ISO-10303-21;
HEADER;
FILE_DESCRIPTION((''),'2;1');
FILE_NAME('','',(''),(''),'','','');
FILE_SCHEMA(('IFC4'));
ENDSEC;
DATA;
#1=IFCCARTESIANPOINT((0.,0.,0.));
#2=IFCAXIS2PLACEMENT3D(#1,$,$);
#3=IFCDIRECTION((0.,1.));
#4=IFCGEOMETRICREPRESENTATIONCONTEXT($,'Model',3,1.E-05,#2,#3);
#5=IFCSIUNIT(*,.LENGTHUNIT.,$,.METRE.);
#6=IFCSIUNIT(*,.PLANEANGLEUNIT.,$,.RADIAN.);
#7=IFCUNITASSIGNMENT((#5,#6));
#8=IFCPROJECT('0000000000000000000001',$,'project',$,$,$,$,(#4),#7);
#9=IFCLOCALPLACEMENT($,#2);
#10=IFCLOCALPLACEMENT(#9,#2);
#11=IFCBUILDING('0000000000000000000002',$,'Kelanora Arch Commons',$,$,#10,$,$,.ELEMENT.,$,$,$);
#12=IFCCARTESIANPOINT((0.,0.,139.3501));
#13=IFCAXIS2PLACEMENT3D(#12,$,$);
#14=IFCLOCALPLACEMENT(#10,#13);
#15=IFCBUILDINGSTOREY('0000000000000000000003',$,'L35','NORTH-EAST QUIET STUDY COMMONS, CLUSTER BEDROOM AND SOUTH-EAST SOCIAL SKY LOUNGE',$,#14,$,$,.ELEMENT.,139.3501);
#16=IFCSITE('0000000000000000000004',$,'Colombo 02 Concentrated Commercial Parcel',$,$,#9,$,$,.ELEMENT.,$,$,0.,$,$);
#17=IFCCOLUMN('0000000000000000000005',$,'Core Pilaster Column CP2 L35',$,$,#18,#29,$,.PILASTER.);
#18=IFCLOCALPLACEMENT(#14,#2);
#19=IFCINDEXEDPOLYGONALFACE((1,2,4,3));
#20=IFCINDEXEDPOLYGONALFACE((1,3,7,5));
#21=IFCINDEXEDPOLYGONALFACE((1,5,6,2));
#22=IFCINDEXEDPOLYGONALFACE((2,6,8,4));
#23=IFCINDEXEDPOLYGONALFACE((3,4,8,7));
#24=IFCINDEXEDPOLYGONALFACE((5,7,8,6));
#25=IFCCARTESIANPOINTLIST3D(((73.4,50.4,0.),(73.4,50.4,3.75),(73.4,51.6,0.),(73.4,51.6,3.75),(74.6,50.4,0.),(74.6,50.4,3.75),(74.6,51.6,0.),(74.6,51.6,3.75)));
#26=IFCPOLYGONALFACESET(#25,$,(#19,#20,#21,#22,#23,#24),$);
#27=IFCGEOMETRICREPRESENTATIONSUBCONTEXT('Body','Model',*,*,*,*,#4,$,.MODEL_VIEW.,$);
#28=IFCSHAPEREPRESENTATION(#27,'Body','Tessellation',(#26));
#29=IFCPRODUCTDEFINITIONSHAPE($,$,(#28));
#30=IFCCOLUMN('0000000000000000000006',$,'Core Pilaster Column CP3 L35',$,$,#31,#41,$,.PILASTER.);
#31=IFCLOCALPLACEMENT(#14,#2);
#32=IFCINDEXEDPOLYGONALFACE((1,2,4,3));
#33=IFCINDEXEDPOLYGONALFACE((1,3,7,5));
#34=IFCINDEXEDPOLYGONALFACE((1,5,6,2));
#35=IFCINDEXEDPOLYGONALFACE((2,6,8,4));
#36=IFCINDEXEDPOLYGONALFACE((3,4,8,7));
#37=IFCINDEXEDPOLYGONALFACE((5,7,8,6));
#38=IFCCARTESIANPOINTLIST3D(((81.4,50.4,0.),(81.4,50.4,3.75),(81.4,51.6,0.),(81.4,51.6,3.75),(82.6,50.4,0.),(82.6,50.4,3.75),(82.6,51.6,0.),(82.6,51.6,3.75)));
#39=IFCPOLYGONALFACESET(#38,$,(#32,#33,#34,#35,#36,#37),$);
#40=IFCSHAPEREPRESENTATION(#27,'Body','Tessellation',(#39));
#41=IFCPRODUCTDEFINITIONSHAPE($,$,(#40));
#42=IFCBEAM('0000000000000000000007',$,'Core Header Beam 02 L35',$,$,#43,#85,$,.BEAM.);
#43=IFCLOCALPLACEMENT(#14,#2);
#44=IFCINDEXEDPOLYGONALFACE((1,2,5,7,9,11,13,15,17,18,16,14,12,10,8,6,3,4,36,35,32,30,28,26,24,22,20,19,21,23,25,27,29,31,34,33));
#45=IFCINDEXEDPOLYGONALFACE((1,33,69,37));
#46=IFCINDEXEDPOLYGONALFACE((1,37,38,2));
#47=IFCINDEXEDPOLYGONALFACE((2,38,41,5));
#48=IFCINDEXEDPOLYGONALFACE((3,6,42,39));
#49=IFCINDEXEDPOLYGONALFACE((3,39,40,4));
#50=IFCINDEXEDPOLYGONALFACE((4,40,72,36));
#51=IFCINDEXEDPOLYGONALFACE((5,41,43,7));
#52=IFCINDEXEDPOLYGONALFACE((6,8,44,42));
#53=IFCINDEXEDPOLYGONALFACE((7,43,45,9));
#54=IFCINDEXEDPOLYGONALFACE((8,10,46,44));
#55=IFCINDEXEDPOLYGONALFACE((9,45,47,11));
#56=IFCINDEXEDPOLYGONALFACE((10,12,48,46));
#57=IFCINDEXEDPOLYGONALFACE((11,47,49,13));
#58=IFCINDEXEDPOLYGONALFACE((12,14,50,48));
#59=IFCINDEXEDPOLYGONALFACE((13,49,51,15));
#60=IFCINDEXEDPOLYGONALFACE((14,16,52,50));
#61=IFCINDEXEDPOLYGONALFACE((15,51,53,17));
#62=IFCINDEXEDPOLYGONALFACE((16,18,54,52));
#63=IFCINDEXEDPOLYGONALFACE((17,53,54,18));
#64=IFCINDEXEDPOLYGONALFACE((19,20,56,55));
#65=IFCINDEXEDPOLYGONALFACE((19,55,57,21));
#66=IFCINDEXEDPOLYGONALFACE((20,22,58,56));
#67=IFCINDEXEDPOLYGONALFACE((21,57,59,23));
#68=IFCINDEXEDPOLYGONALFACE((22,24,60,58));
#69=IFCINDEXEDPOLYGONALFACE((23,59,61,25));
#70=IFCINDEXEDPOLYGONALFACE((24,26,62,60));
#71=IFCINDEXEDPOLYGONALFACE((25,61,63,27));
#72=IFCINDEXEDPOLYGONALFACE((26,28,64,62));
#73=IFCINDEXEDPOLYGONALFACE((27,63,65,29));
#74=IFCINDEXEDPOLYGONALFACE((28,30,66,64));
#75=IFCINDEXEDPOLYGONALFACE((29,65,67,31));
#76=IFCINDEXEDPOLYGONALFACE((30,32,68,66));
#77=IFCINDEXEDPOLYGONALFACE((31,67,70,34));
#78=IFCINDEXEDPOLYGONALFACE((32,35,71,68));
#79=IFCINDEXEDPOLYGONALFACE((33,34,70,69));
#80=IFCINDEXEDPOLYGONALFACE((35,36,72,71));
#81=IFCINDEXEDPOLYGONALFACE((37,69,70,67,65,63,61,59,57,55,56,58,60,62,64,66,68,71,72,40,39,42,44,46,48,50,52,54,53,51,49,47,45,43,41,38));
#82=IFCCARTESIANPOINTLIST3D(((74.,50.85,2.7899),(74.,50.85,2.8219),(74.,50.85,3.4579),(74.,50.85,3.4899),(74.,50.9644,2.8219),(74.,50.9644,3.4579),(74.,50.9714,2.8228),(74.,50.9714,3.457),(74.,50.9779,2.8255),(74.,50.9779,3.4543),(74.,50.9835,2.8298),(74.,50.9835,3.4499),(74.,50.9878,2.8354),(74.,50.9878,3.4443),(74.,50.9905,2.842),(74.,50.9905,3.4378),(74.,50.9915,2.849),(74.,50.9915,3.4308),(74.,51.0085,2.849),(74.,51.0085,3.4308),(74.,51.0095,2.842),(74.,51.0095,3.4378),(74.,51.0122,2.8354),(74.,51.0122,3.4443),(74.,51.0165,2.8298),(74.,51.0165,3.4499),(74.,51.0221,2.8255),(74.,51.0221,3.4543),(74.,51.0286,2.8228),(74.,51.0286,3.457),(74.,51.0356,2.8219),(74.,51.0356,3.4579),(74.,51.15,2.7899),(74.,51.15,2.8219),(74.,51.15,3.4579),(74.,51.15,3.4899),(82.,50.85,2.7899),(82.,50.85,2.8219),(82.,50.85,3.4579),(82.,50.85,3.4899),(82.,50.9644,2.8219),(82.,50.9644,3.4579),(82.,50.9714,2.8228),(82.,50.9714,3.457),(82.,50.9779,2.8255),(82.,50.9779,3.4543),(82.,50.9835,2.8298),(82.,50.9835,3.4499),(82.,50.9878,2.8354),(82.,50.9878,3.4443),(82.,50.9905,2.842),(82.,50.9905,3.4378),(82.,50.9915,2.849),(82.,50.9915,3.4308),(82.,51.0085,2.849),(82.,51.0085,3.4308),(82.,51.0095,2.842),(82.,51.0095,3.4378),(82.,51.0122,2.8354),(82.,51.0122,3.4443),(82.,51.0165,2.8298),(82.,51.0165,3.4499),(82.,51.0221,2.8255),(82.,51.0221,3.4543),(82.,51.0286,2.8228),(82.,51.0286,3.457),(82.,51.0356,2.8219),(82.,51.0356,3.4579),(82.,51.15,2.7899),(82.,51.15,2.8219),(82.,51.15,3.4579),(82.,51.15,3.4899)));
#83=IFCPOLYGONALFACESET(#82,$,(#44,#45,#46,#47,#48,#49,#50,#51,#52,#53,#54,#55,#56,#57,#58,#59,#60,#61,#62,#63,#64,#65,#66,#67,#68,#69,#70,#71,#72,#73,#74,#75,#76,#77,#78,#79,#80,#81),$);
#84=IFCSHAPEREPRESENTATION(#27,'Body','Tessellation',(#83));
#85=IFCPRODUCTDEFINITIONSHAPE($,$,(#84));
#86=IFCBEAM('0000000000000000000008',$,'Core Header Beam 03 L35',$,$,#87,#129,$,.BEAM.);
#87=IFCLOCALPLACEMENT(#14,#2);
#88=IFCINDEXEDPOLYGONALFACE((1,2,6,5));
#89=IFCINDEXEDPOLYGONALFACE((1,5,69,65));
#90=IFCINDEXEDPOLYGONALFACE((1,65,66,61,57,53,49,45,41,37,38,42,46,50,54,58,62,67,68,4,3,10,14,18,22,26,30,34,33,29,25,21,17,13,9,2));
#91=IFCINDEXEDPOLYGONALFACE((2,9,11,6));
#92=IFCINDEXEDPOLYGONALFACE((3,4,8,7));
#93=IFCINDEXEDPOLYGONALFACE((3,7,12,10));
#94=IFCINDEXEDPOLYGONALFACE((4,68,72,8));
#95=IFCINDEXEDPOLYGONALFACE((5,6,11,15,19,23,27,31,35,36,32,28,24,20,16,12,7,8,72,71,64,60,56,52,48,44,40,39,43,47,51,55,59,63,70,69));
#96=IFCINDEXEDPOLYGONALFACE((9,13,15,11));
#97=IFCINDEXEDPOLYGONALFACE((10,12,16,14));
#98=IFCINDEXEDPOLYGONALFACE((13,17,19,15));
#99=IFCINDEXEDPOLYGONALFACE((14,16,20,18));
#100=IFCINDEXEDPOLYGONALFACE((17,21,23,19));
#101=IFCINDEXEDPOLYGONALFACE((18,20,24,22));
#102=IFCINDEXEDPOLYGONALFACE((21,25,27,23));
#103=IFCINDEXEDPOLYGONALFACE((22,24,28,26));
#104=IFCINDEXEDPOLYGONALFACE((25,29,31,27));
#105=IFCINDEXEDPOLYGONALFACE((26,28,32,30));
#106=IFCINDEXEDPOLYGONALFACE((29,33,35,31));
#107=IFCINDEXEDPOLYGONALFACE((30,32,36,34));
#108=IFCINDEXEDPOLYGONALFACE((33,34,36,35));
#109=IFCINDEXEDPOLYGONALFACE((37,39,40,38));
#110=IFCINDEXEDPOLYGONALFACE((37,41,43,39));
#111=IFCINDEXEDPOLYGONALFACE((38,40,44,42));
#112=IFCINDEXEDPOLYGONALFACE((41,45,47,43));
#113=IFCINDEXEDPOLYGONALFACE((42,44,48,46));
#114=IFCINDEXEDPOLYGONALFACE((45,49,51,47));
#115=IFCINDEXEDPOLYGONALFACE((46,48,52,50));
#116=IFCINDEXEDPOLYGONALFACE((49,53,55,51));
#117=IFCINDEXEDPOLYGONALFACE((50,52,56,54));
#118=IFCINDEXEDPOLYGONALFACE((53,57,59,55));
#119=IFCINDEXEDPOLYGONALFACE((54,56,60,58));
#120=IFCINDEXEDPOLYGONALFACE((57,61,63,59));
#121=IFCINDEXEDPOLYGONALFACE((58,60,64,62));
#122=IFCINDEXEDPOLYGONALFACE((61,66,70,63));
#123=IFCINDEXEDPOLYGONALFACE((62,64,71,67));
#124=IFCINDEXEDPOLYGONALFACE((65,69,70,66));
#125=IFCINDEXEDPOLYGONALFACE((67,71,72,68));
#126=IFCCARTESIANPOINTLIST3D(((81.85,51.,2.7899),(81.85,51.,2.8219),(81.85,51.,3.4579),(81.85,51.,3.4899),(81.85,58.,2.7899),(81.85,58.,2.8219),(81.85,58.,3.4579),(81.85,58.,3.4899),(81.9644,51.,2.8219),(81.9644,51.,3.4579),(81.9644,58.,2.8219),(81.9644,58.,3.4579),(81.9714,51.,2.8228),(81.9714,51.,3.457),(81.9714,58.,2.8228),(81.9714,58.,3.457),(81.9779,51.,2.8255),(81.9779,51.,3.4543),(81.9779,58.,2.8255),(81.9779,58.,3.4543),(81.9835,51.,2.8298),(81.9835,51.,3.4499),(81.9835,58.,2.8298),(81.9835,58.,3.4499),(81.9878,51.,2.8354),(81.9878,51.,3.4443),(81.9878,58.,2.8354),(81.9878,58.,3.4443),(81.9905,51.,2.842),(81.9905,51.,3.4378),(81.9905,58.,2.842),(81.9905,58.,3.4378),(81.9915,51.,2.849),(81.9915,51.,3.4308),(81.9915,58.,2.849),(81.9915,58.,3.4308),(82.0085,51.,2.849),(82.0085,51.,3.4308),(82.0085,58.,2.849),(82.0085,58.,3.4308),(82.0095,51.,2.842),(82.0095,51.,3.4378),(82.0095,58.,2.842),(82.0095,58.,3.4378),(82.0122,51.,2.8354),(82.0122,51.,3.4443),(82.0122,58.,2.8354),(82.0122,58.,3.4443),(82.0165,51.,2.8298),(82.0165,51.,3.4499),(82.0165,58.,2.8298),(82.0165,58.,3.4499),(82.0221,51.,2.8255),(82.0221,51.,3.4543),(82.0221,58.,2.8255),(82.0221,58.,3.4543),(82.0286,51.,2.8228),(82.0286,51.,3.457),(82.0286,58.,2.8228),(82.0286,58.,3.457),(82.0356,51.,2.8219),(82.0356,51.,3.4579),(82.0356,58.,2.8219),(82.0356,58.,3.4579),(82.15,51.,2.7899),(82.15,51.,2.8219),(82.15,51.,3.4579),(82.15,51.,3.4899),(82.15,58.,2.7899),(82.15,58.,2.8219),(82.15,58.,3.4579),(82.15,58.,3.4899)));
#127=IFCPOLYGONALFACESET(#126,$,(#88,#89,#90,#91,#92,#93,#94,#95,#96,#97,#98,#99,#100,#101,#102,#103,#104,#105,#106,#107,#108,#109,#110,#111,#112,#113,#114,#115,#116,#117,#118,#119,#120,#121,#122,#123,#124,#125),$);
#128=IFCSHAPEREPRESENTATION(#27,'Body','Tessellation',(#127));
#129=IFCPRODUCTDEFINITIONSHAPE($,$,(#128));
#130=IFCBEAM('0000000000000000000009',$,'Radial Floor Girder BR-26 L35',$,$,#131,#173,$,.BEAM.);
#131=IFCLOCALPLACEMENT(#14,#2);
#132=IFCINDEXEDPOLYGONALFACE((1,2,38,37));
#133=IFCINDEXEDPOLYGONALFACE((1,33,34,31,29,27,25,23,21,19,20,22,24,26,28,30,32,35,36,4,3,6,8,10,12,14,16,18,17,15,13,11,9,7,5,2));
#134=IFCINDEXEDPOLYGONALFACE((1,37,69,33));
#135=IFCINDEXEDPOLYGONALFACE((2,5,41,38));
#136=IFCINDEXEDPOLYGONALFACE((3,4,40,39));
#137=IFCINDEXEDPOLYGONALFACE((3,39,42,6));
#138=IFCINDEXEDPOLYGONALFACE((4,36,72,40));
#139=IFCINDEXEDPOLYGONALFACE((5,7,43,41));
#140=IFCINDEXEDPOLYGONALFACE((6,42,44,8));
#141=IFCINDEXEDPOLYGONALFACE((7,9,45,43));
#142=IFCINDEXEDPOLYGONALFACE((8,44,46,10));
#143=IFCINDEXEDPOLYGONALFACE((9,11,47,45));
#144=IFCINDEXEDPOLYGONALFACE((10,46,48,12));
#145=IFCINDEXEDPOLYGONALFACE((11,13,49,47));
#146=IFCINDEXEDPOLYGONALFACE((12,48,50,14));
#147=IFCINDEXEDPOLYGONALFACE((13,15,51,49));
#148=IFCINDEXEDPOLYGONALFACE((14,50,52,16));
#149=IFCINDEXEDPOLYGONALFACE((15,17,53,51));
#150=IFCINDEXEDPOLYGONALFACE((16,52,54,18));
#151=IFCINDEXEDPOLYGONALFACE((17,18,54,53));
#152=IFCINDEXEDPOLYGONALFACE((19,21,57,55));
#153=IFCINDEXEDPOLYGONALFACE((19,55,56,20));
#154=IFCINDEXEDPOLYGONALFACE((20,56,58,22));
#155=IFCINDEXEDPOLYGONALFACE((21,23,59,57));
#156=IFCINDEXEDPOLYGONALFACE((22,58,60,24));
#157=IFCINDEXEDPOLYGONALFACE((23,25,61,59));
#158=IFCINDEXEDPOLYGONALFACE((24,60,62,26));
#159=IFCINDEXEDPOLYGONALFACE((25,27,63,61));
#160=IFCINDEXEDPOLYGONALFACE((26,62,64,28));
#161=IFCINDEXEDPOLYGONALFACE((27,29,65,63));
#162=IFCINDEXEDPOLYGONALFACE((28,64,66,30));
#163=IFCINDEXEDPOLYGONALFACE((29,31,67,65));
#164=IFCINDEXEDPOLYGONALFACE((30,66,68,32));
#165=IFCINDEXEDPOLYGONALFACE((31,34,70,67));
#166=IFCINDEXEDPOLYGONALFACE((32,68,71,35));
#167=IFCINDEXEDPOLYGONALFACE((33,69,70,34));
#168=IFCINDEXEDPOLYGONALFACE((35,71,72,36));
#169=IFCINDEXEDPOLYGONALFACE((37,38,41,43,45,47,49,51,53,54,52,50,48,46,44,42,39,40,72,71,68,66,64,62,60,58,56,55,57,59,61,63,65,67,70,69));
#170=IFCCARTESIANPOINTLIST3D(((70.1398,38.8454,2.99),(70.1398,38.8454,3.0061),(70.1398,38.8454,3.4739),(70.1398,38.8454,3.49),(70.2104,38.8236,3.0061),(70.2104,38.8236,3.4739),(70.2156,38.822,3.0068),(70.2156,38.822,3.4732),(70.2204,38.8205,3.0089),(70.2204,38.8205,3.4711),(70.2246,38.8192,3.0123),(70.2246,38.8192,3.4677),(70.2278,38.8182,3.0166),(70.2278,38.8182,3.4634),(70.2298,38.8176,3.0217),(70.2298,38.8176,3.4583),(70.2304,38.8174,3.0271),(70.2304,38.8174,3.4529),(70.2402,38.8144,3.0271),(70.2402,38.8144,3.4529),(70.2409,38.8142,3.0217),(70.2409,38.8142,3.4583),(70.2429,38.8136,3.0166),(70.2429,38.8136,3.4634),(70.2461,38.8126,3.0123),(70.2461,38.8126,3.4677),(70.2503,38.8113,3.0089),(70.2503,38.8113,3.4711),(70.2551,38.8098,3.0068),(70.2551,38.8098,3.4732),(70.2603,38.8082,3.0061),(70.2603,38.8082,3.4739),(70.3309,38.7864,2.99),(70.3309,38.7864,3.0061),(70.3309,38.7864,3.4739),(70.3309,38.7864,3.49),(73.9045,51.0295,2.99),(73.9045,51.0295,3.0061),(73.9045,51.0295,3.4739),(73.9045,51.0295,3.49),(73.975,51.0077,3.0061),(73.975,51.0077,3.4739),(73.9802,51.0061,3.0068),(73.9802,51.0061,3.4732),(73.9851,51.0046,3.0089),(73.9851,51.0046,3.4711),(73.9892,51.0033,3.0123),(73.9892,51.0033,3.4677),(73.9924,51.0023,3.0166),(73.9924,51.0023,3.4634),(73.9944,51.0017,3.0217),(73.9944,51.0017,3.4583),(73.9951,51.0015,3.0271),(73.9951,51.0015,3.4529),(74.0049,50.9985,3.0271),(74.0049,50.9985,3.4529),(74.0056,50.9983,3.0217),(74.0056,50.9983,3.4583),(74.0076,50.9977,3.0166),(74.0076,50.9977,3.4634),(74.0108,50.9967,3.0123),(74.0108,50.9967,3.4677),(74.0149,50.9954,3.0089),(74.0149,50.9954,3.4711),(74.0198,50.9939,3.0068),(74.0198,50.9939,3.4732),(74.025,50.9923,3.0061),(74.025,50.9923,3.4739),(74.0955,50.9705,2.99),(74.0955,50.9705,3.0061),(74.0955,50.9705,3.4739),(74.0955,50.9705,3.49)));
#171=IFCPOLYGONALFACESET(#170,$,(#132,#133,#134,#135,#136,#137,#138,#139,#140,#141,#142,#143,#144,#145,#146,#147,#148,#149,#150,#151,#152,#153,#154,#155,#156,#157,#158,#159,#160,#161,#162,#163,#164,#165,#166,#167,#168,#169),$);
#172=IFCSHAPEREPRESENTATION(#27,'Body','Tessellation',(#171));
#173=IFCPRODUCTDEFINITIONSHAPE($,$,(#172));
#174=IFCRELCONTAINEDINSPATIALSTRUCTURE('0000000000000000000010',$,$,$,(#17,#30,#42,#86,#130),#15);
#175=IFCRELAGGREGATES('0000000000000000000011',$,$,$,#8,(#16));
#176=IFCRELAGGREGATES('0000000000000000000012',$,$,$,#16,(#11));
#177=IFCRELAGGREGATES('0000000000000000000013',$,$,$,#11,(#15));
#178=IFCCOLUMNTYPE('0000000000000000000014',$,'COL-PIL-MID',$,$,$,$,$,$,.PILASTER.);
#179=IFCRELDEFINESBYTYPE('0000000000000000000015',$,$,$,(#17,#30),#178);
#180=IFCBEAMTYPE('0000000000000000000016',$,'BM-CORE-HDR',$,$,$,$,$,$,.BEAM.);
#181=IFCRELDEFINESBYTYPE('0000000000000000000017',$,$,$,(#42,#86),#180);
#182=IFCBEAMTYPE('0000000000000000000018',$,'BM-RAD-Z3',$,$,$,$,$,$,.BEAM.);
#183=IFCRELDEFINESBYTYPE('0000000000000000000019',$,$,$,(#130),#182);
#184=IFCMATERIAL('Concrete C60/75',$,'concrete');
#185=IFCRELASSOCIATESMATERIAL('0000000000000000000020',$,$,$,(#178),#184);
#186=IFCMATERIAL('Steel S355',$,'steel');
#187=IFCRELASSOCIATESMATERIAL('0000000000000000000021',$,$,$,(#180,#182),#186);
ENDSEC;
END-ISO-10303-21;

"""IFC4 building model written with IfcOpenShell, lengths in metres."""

from ifc_helpers import new_model, si_unit, direction, frame, origin, origin_2d, place, context, subcontext, project, spatial, rectangle, i_section, extrude, material, material_profile, profile_set, type_object, element, save


model = new_model("IFC4")

# Units and contexts
model_context = context("Model", 3, precision=1e-05, world=origin(), true_north=direction((0.0, 1.0)))
body_context = subcontext(model_context, "Body", "Model", "MODEL_VIEW")
ifc_project = project(units=[si_unit("LENGTHUNIT", "METRE"), si_unit("PLANEANGLEUNIT", "RADIAN")], contexts=[model_context])

# Site, building, storey
site_placement = place(None, origin())
site = spatial("IfcSite", under=ifc_project, at=site_placement, Name="Colombo 02 Concentrated Commercial Parcel", CompositionType="ELEMENT", RefElevation=0.0)
building_placement = place(site_placement, origin())
building = spatial("IfcBuilding", under=site, at=building_placement, Name="Kelanora Arch Commons", CompositionType="ELEMENT")
storey_placement = place(building_placement, frame((0.0, 0.0, 139.3501)))
storey = spatial("IfcBuildingStorey", under=building, at=storey_placement, Name="L35", Description="NORTH-EAST QUIET STUDY COMMONS, CLUSTER BEDROOM AND SOUTH-EAST SOCIAL SKY LOUNGE", CompositionType="ELEMENT", Elevation=139.3501)

# Columns
ifc_material_1 = material(Name="Concrete C60/75", Category="concrete")
ifc_material_profile_1 = material_profile(ifc_material_1, rectangle(XDim=1.2, YDim=1.2, at=origin_2d()), Name="RC1200x1200")
ifc_profile_set_1 = profile_set([ifc_material_profile_1], Name="Concrete C60/75")
column_type = type_object("IfcColumnType", Name="COL-PIL-MID", PredefinedType="PILASTER", material=ifc_profile_set_1)
for number, where, z_axis, x_axis, name in (
    (1, (74.0, 51.0, 0.0), (0.0, 0.0, 1.0), (1.0, 0.0, 0.0), "Core Pilaster Column CP2 L35"),
    (2, (82.0, 51.0, 0.0), (0.0, 0.0, 1.0), (1.0, 0.0, 0.0), "Core Pilaster Column CP3 L35"),
):
    element("IfcColumn", number, at=place(storey_placement, frame(where, z_axis=z_axis, x_axis=x_axis)), inside=storey, type_object=column_type, Name=name, PredefinedType="PILASTER", context=body_context, shape_type="SweptSolid", body=[
        extrude(rectangle(XDim=1.2, YDim=1.2, at=origin_2d()), origin(), (0.0, 0.0, 1.0), 3.75),
    ])

# Beams
ifc_material_2 = material(Name="Steel S355", Category="steel")
ifc_material_profile_2 = material_profile(ifc_material_2, i_section(OverallWidth=0.3, OverallDepth=0.7, WebThickness=0.0171, FlangeThickness=0.032, FilletRadius=0.0271, at=origin_2d()), Name="HEB700")
ifc_profile_set_2 = profile_set([ifc_material_profile_2], Name="Steel S355")
beam_type_1 = type_object("IfcBeamType", Name="BM-CORE-HDR", PredefinedType="BEAM", material=ifc_profile_set_2)
beam_1_placement = place(storey_placement, frame((74.0, 51.0, 3.1399), z_axis=(1.0, 0.0, 0.0), x_axis=(0.0, 1.0, 0.0)))
element("IfcBeam", 3, at=beam_1_placement, inside=storey, type_object=beam_type_1, Name="Core Header Beam 02 L35", PredefinedType="BEAM", context=body_context, shape_type="SweptSolid", body=[
    extrude(i_section(OverallWidth=0.3, OverallDepth=0.7, WebThickness=0.0171, FlangeThickness=0.032, FilletRadius=0.0271, at=origin_2d()), origin(), (0.0, 0.0, 1.0), 8.0),
])
beam_2_placement = place(storey_placement, frame((82.0, 51.0, 3.1399), z_axis=(0.0, 1.0, 0.0), x_axis=(-1.0, 0.0, 0.0)))
element("IfcBeam", 4, at=beam_2_placement, inside=storey, type_object=beam_type_1, Name="Core Header Beam 03 L35", PredefinedType="BEAM", context=body_context, shape_type="SweptSolid", body=[
    extrude(i_section(OverallWidth=0.3, OverallDepth=0.7, WebThickness=0.0171, FlangeThickness=0.032, FilletRadius=0.0271, at=origin_2d()), origin(), (0.0, 0.0, 1.0), 7.0),
])
ifc_material_profile_3 = material_profile(ifc_material_2, i_section(OverallWidth=0.2, OverallDepth=0.5, WebThickness=0.0103, FlangeThickness=0.0161, FilletRadius=0.021, at=origin_2d()), Name="IPE500")
ifc_profile_set_3 = profile_set([ifc_material_profile_3], Name="Steel S355")
beam_type_2 = type_object("IfcBeamType", Name="BM-RAD-Z3", PredefinedType="BEAM", material=ifc_profile_set_3)
for number, where, z_axis, x_axis, name in (
    (5, (74.0, 51.0, 3.24), (-0.29521, -0.955432, 0.0), (0.955432, -0.29521, 0.0), "Radial Floor Girder BR-26 L35"),
):
    element("IfcBeam", number, at=place(storey_placement, frame(where, z_axis=z_axis, x_axis=x_axis)), inside=storey, type_object=beam_type_2, Name=name, PredefinedType="BEAM", context=body_context, shape_type="SweptSolid", body=[
        extrude(i_section(OverallWidth=0.2, OverallDepth=0.5, WebThickness=0.0103, FlangeThickness=0.0161, FilletRadius=0.021, at=origin_2d()), origin(), (0.0, 0.0, 1.0), 12.7524),
    ])

save(model, "model.ifc")
